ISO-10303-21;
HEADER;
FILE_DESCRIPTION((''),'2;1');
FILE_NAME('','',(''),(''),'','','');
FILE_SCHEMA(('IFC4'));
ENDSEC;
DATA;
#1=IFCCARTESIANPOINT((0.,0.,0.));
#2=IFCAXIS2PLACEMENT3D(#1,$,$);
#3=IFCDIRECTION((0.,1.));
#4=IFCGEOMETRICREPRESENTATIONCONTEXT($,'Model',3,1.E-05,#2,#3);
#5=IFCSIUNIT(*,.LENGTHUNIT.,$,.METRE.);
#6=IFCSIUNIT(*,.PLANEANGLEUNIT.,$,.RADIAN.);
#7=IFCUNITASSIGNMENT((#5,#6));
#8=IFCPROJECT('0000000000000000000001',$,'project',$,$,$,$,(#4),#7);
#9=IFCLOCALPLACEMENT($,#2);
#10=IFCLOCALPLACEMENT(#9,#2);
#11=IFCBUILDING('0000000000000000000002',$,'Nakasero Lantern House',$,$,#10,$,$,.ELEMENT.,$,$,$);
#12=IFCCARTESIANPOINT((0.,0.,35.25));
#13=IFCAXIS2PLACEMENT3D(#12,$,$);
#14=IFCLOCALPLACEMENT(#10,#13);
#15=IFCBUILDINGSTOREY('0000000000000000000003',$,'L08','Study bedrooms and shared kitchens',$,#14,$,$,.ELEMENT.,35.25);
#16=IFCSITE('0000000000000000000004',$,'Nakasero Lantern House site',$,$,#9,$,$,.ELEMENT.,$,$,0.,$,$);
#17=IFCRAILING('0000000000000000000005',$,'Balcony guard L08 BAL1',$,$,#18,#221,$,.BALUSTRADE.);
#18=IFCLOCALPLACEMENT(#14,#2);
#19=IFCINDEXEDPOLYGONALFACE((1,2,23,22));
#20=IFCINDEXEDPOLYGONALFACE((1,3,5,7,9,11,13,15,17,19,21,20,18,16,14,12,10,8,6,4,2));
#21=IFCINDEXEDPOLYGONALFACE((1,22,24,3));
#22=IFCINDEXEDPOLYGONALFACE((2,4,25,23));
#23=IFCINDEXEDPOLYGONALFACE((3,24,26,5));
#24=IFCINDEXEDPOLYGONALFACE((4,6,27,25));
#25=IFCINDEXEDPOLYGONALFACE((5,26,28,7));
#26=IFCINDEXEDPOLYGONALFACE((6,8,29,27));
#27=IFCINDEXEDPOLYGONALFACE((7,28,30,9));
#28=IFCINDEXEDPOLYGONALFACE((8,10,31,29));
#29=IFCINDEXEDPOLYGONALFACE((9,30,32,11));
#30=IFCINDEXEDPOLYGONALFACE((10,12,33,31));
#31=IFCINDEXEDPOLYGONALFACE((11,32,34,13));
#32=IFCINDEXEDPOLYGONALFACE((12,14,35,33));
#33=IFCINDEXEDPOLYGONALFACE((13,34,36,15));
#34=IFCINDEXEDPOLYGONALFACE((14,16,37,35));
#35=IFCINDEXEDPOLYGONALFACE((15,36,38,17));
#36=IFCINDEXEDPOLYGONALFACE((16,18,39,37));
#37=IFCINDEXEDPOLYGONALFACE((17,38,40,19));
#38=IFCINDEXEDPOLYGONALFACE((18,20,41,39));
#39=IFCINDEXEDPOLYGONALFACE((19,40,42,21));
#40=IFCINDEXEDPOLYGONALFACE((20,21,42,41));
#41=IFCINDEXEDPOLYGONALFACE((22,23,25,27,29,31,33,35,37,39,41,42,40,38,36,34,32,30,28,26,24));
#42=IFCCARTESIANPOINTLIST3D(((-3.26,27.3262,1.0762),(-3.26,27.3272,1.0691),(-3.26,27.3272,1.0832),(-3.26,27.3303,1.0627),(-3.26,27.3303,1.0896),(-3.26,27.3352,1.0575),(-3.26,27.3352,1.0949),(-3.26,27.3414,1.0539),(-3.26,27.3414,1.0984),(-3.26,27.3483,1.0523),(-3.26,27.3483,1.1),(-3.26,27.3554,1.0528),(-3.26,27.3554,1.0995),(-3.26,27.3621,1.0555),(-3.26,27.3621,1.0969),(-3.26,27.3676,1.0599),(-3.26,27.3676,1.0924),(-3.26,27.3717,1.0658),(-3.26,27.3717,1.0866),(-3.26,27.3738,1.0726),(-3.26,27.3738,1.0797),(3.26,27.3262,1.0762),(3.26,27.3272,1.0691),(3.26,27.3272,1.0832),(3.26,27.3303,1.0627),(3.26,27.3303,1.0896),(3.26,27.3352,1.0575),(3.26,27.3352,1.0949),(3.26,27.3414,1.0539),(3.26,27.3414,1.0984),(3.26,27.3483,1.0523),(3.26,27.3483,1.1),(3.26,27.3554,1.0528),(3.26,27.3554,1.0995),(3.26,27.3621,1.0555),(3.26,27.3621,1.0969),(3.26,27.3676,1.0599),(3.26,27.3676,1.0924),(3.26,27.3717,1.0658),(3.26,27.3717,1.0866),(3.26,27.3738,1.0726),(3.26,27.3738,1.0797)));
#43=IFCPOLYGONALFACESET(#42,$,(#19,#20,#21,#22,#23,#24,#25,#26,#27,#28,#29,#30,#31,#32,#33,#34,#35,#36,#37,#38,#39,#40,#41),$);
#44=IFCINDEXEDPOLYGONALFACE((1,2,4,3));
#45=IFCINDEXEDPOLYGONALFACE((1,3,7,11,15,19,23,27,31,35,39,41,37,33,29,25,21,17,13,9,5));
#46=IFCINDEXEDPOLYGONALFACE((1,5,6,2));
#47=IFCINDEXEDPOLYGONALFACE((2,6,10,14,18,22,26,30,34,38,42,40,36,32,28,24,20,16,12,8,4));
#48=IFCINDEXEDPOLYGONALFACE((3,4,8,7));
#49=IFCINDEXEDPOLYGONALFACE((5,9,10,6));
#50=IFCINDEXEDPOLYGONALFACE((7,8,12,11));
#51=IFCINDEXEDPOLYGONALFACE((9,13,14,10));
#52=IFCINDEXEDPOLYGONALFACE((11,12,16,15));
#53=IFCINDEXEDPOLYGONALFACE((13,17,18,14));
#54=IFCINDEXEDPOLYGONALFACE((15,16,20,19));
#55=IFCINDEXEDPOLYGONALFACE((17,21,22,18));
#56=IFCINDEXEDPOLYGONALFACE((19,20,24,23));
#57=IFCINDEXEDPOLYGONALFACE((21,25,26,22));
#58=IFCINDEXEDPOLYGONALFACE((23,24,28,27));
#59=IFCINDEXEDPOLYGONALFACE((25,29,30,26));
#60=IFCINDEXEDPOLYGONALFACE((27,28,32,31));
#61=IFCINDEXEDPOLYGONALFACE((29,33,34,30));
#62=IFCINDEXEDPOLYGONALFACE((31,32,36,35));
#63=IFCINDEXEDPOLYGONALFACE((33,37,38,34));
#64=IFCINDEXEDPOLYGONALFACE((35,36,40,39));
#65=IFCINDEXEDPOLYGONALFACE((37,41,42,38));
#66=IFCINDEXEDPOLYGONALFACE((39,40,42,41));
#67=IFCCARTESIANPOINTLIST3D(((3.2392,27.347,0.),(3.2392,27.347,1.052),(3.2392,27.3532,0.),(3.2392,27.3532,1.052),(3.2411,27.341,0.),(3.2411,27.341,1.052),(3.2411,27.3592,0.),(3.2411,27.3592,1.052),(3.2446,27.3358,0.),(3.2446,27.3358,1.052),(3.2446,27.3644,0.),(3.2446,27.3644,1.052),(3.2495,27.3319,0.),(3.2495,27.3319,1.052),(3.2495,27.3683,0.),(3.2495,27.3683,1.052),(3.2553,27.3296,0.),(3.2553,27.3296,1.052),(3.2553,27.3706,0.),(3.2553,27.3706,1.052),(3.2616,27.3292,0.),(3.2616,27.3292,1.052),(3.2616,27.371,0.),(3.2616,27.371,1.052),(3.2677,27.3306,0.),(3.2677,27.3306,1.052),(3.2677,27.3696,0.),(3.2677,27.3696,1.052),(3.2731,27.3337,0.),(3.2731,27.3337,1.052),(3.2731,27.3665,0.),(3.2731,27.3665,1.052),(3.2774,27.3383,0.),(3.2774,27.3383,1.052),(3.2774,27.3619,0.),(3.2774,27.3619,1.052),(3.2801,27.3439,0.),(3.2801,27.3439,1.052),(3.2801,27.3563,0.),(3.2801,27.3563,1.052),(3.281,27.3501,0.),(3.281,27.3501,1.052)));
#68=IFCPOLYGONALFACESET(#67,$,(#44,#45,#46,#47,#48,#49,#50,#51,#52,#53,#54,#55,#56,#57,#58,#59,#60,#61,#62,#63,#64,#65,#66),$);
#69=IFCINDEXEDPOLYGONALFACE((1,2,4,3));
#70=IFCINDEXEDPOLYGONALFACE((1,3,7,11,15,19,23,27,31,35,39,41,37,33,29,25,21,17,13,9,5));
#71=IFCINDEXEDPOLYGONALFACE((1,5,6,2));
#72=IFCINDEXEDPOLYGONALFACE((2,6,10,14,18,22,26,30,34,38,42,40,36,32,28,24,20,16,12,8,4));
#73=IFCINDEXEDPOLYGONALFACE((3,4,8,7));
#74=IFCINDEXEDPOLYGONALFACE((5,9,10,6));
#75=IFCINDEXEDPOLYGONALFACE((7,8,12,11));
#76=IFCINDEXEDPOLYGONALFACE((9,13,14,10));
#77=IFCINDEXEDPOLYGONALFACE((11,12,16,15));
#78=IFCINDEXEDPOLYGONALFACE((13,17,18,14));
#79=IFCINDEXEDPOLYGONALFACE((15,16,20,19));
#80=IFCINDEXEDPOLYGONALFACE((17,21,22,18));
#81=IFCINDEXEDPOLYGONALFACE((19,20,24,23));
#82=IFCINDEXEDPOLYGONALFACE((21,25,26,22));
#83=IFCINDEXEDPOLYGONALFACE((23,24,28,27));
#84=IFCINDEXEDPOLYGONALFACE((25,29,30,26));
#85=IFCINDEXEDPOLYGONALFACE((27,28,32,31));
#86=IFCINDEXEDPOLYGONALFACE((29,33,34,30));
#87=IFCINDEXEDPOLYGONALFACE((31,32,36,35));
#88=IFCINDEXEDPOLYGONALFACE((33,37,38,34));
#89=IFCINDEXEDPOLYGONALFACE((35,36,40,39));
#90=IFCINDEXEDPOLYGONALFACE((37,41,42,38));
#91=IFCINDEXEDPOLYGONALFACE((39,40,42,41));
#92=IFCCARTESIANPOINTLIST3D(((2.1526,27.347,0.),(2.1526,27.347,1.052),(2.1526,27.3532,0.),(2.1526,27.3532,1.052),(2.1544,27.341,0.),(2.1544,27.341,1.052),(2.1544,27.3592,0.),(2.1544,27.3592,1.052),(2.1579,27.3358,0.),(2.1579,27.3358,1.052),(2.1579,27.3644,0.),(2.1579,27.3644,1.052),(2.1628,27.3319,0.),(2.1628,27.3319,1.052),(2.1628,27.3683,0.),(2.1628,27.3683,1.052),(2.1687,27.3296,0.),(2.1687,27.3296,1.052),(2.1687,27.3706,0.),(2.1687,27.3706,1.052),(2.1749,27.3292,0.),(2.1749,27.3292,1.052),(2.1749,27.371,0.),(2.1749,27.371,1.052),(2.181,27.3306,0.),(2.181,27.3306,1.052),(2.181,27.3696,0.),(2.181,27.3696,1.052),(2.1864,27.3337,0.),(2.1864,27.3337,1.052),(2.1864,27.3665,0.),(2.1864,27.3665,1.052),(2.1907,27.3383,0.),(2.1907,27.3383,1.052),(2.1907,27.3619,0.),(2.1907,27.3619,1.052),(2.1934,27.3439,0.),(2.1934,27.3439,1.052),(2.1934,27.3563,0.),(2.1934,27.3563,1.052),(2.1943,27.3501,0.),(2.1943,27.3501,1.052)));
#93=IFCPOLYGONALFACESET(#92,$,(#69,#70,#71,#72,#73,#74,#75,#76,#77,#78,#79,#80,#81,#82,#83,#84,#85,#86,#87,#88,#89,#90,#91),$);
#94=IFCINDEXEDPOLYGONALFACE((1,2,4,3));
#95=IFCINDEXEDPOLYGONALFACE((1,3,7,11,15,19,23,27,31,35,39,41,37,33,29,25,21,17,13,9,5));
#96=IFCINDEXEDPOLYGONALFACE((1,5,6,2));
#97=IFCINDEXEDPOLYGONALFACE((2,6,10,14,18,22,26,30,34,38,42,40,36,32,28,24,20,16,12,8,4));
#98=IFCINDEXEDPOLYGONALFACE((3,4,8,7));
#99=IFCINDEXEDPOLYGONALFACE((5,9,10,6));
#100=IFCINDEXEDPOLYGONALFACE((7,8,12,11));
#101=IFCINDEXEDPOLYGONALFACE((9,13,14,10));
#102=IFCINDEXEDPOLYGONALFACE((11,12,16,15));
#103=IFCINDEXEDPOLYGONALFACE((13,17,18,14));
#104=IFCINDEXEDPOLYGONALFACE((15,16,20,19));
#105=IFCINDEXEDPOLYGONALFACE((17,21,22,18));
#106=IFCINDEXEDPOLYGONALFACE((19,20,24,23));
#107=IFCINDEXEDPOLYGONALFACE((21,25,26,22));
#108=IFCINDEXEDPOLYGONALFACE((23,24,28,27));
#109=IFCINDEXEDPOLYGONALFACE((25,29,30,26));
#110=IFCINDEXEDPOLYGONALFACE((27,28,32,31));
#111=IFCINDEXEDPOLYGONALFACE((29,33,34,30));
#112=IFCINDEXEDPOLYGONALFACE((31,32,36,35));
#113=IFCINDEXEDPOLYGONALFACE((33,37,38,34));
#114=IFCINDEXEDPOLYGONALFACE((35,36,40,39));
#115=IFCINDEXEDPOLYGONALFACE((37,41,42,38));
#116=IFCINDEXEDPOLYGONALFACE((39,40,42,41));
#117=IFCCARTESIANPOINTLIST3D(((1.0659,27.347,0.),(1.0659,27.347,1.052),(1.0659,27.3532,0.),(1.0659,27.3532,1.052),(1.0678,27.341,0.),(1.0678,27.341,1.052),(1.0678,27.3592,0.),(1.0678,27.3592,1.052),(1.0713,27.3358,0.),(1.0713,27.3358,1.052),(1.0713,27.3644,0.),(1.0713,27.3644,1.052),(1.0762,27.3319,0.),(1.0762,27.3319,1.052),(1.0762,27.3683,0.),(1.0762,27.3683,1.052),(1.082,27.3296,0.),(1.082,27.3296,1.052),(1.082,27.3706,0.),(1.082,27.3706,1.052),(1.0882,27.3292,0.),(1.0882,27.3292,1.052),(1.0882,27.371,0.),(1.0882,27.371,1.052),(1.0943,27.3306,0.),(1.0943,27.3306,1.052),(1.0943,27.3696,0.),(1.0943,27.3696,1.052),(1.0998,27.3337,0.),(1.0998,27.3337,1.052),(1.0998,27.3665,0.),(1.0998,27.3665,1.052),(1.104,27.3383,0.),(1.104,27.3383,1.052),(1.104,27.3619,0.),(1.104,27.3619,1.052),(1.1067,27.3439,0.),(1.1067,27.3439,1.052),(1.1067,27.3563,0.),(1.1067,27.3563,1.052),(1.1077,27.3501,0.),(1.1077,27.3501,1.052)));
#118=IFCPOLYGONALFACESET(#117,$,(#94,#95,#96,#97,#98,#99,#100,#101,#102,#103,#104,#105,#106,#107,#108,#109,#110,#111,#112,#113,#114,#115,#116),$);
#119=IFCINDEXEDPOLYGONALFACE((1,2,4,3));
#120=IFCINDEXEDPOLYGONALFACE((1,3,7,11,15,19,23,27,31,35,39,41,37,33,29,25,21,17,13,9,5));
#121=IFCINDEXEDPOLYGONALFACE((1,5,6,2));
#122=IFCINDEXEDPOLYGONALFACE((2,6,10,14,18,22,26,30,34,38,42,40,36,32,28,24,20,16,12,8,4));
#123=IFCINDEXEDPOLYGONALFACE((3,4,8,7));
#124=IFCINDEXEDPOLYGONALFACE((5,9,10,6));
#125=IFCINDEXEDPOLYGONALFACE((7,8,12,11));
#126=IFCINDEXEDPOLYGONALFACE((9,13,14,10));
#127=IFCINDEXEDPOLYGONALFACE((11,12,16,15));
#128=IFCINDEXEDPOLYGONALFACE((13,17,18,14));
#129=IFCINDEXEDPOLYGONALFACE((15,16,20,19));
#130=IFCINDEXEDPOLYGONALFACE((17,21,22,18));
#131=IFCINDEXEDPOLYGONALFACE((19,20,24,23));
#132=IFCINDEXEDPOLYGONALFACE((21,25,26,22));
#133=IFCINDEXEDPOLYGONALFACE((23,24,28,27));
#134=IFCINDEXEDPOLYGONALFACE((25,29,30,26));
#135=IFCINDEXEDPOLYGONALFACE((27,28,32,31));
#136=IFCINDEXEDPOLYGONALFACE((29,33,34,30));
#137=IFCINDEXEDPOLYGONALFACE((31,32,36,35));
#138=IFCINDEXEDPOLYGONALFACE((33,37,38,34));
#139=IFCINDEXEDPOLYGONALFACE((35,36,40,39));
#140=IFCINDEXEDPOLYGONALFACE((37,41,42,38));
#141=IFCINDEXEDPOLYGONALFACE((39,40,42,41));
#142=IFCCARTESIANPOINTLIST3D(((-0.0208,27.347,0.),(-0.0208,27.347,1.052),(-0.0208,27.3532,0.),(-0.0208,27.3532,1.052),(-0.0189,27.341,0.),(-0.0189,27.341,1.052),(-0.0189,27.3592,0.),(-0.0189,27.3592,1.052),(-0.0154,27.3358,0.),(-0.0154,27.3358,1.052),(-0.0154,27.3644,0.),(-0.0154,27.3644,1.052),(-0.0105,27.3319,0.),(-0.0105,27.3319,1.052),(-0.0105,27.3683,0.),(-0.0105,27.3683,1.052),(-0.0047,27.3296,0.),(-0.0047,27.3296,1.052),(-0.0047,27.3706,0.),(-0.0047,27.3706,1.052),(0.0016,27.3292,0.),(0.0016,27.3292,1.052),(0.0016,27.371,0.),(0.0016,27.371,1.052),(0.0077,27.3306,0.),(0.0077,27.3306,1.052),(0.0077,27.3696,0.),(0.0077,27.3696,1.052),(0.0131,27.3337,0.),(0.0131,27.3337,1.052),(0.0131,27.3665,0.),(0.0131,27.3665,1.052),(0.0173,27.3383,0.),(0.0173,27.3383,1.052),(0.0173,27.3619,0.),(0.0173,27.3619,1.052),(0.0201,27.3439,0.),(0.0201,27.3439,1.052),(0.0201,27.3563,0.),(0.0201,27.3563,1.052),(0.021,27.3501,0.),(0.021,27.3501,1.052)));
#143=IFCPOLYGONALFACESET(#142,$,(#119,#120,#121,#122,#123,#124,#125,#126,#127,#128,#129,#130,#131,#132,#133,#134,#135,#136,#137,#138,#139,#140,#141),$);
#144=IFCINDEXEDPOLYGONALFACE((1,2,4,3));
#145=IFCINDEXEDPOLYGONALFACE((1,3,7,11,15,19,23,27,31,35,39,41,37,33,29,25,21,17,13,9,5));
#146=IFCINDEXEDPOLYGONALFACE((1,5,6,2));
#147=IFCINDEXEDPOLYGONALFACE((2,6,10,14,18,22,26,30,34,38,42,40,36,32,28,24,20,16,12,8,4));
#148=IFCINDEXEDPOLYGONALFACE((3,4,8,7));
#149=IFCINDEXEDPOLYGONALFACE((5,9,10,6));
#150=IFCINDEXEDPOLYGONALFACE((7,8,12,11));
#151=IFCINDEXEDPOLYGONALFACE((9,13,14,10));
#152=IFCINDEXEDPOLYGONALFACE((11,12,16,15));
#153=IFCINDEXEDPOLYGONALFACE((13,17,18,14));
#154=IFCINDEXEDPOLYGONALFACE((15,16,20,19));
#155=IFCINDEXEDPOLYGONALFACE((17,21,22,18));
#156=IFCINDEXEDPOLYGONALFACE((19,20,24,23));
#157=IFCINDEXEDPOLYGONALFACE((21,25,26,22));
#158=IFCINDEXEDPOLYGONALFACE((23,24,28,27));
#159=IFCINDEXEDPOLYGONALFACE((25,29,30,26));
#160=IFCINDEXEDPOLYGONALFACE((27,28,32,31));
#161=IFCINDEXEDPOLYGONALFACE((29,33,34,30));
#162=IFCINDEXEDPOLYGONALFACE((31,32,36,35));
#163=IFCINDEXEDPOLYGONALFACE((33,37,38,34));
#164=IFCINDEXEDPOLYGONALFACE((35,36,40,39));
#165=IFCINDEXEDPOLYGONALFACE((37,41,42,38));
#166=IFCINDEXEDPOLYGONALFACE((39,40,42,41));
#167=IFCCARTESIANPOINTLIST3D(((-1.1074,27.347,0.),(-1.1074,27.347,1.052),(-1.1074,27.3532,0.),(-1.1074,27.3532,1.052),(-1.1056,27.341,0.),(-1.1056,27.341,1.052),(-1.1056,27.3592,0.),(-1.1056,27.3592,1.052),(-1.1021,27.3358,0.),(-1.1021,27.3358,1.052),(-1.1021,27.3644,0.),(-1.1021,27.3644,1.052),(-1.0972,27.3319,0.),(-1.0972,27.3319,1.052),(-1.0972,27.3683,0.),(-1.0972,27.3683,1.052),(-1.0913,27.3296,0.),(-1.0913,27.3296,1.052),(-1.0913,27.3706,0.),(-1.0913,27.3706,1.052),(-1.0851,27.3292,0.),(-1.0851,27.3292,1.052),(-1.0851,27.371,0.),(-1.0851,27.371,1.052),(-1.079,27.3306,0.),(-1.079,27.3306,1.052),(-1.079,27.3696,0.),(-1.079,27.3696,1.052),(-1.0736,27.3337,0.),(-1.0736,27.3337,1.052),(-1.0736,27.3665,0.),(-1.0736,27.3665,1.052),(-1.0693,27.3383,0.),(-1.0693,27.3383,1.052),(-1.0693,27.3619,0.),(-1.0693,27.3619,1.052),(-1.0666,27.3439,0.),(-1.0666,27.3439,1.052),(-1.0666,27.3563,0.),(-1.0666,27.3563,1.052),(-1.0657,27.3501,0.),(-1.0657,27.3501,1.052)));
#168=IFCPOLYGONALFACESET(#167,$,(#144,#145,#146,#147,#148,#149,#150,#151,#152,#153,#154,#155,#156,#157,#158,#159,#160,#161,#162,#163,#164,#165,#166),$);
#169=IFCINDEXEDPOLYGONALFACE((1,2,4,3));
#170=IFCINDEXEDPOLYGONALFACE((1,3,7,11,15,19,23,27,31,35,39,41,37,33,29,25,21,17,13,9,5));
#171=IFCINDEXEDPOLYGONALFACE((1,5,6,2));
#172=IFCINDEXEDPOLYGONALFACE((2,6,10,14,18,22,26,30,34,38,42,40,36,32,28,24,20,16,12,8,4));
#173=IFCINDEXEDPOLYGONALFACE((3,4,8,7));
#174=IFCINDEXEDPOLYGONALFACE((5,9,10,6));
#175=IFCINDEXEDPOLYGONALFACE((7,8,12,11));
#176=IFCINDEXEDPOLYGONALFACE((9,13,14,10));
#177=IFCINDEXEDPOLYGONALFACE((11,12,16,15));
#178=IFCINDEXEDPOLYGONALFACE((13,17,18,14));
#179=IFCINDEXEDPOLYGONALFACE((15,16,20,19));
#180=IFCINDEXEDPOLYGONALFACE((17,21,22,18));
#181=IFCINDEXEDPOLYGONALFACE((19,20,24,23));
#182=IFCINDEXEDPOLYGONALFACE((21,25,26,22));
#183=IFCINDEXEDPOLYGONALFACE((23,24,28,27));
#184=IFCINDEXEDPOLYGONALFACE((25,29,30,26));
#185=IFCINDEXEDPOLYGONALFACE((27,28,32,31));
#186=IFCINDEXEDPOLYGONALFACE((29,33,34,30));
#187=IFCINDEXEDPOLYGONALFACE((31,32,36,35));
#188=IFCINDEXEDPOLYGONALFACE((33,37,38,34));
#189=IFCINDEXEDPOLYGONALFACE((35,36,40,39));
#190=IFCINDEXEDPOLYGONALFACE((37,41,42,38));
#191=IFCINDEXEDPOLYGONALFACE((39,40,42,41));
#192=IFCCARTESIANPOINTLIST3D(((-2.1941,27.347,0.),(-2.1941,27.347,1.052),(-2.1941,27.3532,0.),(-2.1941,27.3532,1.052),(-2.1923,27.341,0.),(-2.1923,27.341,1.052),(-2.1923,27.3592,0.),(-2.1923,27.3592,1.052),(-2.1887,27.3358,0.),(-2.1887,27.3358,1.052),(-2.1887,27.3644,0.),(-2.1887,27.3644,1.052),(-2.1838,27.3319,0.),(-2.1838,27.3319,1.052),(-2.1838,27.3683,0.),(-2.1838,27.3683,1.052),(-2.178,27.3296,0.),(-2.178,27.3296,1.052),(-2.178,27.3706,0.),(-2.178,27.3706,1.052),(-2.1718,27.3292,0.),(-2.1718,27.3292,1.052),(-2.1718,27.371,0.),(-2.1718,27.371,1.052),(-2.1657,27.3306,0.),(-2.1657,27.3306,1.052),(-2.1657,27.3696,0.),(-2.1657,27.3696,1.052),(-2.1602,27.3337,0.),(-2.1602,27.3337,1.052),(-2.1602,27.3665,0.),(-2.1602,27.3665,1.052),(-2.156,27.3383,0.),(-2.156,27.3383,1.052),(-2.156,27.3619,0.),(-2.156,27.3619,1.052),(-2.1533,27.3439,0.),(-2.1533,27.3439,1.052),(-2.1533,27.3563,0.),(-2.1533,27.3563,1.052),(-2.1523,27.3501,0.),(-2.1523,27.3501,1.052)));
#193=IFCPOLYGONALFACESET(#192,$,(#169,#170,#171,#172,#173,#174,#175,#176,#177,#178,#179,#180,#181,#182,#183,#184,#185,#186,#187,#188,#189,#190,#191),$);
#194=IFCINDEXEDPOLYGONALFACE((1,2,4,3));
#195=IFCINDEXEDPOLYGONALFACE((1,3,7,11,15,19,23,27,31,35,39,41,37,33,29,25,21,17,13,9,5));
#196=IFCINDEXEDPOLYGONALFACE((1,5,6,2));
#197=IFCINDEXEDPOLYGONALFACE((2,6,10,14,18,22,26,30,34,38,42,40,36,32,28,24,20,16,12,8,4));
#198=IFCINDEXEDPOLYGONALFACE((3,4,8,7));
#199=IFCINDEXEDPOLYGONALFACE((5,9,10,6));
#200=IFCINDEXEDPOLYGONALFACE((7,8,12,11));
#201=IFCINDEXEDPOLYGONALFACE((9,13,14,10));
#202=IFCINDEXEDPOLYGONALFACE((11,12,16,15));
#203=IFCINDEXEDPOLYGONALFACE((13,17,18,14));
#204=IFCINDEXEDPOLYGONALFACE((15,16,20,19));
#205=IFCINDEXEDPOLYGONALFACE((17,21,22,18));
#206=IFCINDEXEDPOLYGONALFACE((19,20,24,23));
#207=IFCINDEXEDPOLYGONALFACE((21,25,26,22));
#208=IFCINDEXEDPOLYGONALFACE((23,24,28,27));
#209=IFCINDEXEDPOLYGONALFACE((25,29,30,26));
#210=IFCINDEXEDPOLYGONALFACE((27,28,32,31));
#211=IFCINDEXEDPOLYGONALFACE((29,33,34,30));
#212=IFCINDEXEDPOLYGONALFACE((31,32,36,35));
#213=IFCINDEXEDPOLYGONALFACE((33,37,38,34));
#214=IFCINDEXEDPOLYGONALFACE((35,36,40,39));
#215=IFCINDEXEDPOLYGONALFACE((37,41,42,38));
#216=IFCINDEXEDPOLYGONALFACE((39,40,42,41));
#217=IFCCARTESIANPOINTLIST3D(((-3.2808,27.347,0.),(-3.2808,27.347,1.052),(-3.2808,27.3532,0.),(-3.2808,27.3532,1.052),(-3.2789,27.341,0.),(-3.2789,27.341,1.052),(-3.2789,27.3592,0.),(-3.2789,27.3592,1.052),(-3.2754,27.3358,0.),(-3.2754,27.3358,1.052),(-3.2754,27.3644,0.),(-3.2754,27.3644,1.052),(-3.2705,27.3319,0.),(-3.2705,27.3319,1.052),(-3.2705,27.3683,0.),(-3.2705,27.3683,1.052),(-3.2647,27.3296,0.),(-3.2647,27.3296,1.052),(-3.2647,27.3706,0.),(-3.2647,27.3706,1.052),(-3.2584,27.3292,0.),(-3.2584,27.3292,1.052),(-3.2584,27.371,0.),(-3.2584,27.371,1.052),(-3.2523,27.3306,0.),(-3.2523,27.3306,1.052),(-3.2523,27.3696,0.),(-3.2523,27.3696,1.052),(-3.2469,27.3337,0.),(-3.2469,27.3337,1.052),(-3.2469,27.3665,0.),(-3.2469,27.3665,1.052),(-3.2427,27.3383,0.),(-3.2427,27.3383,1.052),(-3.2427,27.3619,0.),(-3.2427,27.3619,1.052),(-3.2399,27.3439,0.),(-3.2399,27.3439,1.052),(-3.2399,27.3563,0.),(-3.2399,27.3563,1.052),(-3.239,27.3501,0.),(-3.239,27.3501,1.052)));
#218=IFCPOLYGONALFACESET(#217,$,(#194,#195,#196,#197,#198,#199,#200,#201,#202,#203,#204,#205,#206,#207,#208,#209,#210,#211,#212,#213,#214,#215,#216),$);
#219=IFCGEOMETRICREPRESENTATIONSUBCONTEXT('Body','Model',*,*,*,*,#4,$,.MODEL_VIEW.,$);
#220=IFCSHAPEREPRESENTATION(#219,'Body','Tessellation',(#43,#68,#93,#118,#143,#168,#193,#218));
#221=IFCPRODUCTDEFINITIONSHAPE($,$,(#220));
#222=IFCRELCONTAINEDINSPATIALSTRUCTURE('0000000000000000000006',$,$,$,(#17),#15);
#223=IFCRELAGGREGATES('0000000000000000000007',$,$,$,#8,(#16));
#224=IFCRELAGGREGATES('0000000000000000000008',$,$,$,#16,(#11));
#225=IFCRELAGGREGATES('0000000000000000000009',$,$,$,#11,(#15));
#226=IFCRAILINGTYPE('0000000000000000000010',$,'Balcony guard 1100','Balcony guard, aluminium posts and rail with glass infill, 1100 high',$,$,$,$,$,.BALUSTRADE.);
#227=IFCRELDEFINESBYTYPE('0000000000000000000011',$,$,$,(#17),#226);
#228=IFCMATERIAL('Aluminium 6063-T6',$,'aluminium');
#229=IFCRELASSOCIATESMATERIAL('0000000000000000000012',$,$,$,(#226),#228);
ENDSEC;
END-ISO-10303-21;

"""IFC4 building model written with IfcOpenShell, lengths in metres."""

from ifc_helpers import new_model, si_unit, direction, frame, origin, origin_2d, place, context, subcontext, project, spatial, circle, extrude, material, type_object, element, save


model = new_model("IFC4")

# Units and contexts
model_context = context("Model", 3, precision=1e-05, world=origin(), true_north=direction((0.0, 1.0)))
body_context = subcontext(model_context, "Body", "Model", "MODEL_VIEW")
ifc_project = project(units=[si_unit("LENGTHUNIT", "METRE"), si_unit("PLANEANGLEUNIT", "RADIAN")], contexts=[model_context])

# Site, building, storey
site_placement = place(None, origin())
site = spatial("IfcSite", under=ifc_project, at=site_placement, Name="Nakasero Lantern House site", CompositionType="ELEMENT", RefElevation=0.0)
building_placement = place(site_placement, origin())
building = spatial("IfcBuilding", under=site, at=building_placement, Name="Nakasero Lantern House", CompositionType="ELEMENT")
storey_placement = place(building_placement, frame((0.0, 0.0, 35.25)))
storey = spatial("IfcBuildingStorey", under=building, at=storey_placement, Name="L08", Description="Study bedrooms and shared kitchens", CompositionType="ELEMENT", Elevation=35.25)

# Railing
ifc_material_1 = material(Name="Aluminium 6063-T6", Category="aluminium")
railing_type = type_object("IfcRailingType", Name="Balcony guard 1100", Description="Balcony guard, aluminium posts and rail with glass infill, 1100 high", PredefinedType="BALUSTRADE", material=ifc_material_1)
railing_placement = place(storey_placement, frame((3.26, 27.3501, 0.0)))
element("IfcRailing", 1, at=railing_placement, inside=storey, type_object=railing_type, Name="Balcony guard L08 BAL1", PredefinedType="BALUSTRADE", context=body_context, shape_type="SweptSolid", body=[
    extrude(circle(Radius=0.0239, at=origin_2d()), frame((0.0, 0.0, 1.0762), z_axis=(-1.0, 0.0, 0.0), x_axis=(0.0, -1.0, 0.0)), (0.0, 0.0, 1.0), 6.52),
    extrude(circle(Radius=0.021, at=origin_2d()), origin(), (0.0, 0.0, 1.0), 1.052),
    extrude(circle(Radius=0.021, at=origin_2d()), frame((-1.0867, 0.0, 0.0)), (0.0, 0.0, 1.0), 1.052),
    extrude(circle(Radius=0.021, at=origin_2d()), frame((-2.1733, 0.0, 0.0)), (0.0, 0.0, 1.0), 1.052),
    extrude(circle(Radius=0.021, at=origin_2d()), frame((-3.26, 0.0, 0.0)), (0.0, 0.0, 1.0), 1.052),
    extrude(circle(Radius=0.021, at=origin_2d()), frame((-4.3467, 0.0, 0.0)), (0.0, 0.0, 1.0), 1.052),
    extrude(circle(Radius=0.021, at=origin_2d()), frame((-5.4333, 0.0, 0.0)), (0.0, 0.0, 1.0), 1.052),
    extrude(circle(Radius=0.021, at=origin_2d()), frame((-6.52, 0.0, 0.0)), (0.0, 0.0, 1.0), 1.052),
])

save(model, "model.ifc")
